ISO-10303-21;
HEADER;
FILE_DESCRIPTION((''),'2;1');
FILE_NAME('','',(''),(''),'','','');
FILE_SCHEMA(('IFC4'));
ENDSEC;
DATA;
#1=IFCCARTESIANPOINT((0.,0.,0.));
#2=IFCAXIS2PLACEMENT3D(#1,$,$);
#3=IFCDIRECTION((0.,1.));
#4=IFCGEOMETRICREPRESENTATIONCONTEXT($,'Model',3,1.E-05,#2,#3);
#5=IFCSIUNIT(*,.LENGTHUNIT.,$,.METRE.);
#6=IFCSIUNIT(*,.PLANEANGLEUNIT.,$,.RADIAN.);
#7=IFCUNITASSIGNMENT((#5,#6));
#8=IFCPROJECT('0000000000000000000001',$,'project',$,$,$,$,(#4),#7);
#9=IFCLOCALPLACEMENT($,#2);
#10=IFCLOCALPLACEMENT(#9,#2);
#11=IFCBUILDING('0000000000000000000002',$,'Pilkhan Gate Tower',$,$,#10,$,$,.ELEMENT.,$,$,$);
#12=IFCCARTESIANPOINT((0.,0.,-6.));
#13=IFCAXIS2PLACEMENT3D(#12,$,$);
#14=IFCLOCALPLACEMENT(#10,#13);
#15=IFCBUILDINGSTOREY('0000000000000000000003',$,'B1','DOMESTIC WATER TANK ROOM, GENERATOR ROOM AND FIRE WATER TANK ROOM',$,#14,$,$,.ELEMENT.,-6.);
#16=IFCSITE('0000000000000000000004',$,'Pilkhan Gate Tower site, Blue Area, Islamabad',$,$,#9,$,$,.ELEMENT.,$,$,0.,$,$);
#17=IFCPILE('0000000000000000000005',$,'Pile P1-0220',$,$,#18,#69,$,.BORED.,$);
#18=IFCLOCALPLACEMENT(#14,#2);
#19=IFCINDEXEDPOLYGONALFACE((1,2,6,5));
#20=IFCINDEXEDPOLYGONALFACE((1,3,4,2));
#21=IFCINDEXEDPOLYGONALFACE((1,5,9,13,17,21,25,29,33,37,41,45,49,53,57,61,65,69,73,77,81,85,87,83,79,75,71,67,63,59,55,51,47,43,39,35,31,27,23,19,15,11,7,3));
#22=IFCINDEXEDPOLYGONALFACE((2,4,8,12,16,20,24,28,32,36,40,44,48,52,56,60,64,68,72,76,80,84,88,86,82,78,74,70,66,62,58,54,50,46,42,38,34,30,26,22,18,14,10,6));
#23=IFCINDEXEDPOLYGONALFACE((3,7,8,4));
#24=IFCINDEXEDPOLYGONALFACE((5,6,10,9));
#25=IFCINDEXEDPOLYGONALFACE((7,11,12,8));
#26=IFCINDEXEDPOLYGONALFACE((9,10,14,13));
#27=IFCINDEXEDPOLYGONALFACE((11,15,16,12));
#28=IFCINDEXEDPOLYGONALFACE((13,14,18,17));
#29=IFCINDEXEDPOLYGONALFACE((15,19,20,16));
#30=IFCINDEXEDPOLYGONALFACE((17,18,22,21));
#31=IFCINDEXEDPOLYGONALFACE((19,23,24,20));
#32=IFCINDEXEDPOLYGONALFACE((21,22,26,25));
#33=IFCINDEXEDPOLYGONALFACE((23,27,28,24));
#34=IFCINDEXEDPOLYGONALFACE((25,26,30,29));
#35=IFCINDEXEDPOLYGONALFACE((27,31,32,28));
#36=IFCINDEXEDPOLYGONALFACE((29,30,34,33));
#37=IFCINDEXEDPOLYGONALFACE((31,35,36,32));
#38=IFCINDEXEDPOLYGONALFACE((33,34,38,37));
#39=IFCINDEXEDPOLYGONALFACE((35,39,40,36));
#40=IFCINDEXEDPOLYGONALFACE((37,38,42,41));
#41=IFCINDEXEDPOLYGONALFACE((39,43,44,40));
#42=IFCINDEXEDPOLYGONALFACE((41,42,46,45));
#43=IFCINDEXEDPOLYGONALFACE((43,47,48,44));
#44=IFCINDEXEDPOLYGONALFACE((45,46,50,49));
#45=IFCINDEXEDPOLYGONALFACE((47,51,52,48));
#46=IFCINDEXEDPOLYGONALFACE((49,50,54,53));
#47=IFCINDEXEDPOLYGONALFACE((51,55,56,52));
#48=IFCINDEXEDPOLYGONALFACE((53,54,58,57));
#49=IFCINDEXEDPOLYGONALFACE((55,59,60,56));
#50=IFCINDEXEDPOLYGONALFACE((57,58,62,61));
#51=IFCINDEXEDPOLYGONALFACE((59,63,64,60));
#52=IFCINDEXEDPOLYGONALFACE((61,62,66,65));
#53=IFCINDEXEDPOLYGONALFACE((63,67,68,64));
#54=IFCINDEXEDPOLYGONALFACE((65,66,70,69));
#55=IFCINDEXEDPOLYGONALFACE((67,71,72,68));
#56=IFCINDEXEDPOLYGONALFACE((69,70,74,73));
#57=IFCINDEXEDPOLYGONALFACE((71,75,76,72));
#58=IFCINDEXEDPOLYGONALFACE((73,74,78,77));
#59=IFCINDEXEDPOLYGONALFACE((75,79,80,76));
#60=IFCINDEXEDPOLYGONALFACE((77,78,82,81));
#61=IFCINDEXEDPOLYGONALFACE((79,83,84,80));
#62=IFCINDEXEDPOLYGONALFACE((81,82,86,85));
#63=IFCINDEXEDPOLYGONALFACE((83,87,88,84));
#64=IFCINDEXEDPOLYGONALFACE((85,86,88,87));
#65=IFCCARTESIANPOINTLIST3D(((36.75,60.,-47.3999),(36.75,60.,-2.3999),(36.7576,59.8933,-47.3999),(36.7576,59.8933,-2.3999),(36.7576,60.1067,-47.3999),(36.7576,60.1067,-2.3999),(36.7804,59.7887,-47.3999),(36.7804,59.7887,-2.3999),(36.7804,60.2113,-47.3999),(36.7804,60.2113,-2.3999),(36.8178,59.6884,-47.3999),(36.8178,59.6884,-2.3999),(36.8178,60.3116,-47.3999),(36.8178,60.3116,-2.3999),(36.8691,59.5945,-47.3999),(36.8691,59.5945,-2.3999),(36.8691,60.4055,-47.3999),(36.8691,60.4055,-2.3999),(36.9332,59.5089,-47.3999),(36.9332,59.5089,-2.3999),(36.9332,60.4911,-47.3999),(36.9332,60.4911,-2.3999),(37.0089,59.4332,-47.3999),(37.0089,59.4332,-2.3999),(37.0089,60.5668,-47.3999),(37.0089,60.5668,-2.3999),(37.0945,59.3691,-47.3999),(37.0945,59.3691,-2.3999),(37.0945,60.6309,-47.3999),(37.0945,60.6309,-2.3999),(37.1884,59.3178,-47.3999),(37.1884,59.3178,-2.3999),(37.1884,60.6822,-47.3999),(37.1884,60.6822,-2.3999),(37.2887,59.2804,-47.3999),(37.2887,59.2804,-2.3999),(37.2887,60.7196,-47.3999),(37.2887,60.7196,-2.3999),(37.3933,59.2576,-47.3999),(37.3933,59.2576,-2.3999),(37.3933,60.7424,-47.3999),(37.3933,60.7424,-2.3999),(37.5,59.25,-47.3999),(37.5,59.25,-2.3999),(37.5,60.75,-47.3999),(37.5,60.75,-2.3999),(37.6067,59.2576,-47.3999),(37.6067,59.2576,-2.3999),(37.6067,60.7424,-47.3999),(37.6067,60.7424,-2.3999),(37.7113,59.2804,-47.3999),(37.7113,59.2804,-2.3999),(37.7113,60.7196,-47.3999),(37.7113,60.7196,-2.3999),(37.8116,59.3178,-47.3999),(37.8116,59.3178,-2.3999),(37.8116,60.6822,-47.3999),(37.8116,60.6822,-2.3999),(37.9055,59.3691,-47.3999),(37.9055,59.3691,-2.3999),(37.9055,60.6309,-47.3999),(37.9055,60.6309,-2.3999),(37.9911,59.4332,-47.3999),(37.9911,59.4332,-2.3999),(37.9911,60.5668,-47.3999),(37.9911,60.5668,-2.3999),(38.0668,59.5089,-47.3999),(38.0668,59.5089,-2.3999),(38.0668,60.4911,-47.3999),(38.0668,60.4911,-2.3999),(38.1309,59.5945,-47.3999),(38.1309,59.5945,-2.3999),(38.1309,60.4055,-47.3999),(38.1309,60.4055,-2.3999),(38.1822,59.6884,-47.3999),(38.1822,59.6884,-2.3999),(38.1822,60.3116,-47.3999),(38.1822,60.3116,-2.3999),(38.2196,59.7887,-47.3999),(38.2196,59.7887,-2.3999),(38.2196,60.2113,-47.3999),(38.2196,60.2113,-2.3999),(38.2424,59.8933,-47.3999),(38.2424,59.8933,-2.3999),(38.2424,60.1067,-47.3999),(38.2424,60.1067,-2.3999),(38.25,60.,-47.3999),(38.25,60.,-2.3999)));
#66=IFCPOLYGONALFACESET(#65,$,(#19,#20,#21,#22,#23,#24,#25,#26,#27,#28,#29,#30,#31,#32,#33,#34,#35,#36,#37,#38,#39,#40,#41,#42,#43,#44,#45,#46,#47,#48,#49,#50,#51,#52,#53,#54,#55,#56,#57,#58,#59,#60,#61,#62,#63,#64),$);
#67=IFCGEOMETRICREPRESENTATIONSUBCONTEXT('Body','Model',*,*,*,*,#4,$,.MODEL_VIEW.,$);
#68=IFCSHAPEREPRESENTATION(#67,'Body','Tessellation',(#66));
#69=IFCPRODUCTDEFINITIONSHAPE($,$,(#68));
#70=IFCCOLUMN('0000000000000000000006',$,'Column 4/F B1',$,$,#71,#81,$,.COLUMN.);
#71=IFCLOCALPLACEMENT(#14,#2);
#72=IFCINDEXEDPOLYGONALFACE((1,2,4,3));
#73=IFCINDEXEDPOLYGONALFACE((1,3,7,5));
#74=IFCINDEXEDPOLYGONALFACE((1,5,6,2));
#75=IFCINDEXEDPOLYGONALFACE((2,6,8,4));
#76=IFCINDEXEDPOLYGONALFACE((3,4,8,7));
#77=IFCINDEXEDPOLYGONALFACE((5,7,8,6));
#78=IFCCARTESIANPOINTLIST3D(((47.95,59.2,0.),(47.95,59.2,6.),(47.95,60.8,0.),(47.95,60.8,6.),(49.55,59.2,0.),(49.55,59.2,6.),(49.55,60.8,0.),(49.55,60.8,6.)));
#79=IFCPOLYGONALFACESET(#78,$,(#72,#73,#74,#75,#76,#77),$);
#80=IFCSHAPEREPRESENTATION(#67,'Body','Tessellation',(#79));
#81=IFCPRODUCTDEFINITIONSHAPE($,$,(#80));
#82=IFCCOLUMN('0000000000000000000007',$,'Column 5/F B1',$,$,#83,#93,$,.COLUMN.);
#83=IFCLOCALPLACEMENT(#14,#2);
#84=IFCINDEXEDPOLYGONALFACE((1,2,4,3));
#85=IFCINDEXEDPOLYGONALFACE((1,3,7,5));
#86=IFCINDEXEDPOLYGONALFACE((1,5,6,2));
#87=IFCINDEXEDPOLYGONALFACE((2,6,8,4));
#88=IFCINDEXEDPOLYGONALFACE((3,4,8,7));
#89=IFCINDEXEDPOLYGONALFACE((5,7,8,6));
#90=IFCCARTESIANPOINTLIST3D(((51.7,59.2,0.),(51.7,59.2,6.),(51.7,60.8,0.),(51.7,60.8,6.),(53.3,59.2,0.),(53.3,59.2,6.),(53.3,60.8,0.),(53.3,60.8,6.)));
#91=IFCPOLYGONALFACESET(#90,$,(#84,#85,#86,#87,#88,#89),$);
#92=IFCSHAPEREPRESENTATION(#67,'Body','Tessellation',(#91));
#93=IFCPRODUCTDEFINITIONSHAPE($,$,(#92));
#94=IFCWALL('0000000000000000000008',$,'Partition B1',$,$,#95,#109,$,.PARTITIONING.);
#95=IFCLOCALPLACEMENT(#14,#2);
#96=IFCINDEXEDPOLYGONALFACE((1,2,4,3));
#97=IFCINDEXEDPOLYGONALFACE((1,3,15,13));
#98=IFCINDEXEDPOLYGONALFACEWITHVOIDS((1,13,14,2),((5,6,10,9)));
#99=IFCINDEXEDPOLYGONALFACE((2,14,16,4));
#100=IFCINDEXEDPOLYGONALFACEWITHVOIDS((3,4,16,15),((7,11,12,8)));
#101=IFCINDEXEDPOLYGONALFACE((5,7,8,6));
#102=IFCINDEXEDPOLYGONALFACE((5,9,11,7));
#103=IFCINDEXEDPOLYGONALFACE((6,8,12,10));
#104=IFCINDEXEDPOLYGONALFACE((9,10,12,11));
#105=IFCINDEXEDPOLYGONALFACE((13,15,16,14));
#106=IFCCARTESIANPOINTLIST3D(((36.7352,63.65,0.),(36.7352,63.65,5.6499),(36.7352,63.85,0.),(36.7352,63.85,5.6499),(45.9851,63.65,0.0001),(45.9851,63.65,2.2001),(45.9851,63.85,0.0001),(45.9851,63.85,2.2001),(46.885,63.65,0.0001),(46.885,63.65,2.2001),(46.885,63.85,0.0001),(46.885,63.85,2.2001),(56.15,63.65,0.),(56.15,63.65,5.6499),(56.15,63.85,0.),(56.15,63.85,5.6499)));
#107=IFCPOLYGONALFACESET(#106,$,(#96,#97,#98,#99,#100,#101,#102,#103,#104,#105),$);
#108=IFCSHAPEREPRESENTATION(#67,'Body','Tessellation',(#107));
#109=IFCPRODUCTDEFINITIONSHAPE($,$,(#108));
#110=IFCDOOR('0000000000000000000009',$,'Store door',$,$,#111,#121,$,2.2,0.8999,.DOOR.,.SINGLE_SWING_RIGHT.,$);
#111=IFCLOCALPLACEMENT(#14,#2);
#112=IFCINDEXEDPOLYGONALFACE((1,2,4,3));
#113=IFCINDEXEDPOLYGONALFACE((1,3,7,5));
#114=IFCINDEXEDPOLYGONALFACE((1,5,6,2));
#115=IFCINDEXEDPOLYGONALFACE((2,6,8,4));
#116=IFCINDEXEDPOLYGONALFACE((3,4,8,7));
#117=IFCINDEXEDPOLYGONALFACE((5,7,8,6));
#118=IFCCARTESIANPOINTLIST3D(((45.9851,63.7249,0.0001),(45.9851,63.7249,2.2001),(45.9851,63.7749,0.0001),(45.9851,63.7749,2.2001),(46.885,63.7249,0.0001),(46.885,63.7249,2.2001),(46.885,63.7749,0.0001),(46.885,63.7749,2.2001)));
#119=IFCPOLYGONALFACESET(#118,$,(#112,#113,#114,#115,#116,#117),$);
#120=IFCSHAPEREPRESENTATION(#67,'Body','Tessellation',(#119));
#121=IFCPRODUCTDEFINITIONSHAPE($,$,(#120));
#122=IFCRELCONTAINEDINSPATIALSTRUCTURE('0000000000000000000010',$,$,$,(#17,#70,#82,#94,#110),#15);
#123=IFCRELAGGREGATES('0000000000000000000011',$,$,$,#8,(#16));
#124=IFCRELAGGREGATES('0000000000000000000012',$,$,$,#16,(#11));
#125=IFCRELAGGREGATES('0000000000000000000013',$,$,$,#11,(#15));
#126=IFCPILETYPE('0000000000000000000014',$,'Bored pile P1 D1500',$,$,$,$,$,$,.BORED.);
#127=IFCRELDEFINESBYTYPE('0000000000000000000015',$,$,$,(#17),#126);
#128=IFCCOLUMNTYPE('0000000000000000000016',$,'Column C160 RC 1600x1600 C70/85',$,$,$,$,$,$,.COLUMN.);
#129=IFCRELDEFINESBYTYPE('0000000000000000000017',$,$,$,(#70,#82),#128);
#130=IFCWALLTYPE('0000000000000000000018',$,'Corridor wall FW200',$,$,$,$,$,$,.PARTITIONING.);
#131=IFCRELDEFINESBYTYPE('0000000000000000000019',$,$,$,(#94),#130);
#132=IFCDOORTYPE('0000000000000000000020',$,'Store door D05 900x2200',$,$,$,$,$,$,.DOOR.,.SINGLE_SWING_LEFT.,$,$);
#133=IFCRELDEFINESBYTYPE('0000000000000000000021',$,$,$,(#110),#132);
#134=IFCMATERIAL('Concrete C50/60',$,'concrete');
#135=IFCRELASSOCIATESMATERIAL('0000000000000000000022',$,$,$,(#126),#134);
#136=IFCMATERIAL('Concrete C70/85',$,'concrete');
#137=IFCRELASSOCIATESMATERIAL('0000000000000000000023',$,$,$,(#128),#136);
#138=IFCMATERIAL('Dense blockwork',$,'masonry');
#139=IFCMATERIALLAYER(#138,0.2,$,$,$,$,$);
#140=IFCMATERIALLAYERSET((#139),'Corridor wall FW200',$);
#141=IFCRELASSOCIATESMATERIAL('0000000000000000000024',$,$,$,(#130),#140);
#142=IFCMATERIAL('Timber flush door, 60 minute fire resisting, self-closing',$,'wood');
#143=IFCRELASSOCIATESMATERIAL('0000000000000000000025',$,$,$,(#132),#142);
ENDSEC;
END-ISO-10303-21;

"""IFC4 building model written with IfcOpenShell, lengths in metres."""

from ifc_helpers import new_model, si_unit, direction, frame, frame_2d, origin, origin_2d, place, context, subcontext, project, spatial, rectangle, circle, extrude, material, layer, layer_set, material_profile, profile_set, type_object, element, fill, save


model = new_model("IFC4")

# Units and contexts
model_context = context("Model", 3, precision=1e-05, world=origin(), true_north=direction((0.0, 1.0)))
body_context = subcontext(model_context, "Body", "Model", "MODEL_VIEW")
ifc_project = project(units=[si_unit("LENGTHUNIT", "METRE"), si_unit("PLANEANGLEUNIT", "RADIAN")], contexts=[model_context])

# Site, building, storey
site_placement = place(None, origin())
site = spatial("IfcSite", under=ifc_project, at=site_placement, Name="Pilkhan Gate Tower site, Blue Area, Islamabad", CompositionType="ELEMENT", RefElevation=0.0)
building_placement = place(site_placement, origin())
building = spatial("IfcBuilding", under=site, at=building_placement, Name="Pilkhan Gate Tower", CompositionType="ELEMENT")
storey_placement = place(building_placement, frame((0.0, 0.0, -6.0)))
storey = spatial("IfcBuildingStorey", under=building, at=storey_placement, Name="B1", Description="DOMESTIC WATER TANK ROOM, GENERATOR ROOM AND FIRE WATER TANK ROOM", CompositionType="ELEMENT", Elevation=-6.0)

# Pile
ifc_material_1 = material(Name="Concrete C50/60", Category="concrete")
ifc_material_profile_1 = material_profile(ifc_material_1, circle(Radius=0.75, at=origin_2d()), Name="Bored pile 1500 dia")
ifc_profile_set_1 = profile_set([ifc_material_profile_1], Name="Concrete C50/60")
pile_type = type_object("IfcPileType", Name="Bored pile P1 D1500", PredefinedType="BORED", material=ifc_profile_set_1)
for number, where, z_axis, x_axis, name in (
    (1, (37.5, 60.0, -2.3999), (0.0, 0.0, -1.0), (1.0, 0.0, 0.0), "Pile P1-0220"),
):
    element("IfcPile", number, at=place(storey_placement, frame(where, z_axis=z_axis, x_axis=x_axis)), inside=storey, type_object=pile_type, Name=name, PredefinedType="BORED", context=body_context, shape_type="SweptSolid", body=[
        extrude(circle(Radius=0.75, at=origin_2d()), origin(), (0.0, 0.0, 1.0), 45.0),
    ])

# Columns
ifc_material_2 = material(Name="Concrete C70/85", Category="concrete")
ifc_material_profile_2 = material_profile(ifc_material_2, rectangle(XDim=1.6001, YDim=1.6001, at=origin_2d()), Name="RC 1600x1600")
ifc_profile_set_2 = profile_set([ifc_material_profile_2], Name="Concrete C70/85")
column_type = type_object("IfcColumnType", Name="Column C160 RC 1600x1600 C70/85", PredefinedType="COLUMN", material=ifc_profile_set_2)
for number, where, z_axis, x_axis, name in (
    (2, (48.75, 60.0, 0.0), (0.0, 0.0, 1.0), (1.0, 0.0, 0.0), "Column 4/F B1"),
    (3, (52.5, 60.0, 0.0), (0.0, 0.0, 1.0), (1.0, 0.0, 0.0), "Column 5/F B1"),
):
    element("IfcColumn", number, at=place(storey_placement, frame(where, z_axis=z_axis, x_axis=x_axis)), inside=storey, type_object=column_type, Name=name, PredefinedType="COLUMN", context=body_context, shape_type="SweptSolid", body=[
        extrude(rectangle(XDim=1.6001, YDim=1.6001, at=origin_2d()), origin(), (0.0, 0.0, 1.0), 6.0),
    ])

# Wall, opening, door
ifc_material_3 = material(Name="Dense blockwork", Category="masonry")
ifc_layer_1 = layer(ifc_material_3, 0.2)
ifc_layer_set_1 = layer_set([ifc_layer_1], Name="Corridor wall FW200")
wall_type_1 = type_object("IfcWallType", Name="Corridor wall FW200", PredefinedType="PARTITIONING", material=ifc_layer_set_1)
wall_1_placement = place(storey_placement, frame((36.7351, 63.75, 0.0), z_axis=(0.0, 0.0, 1.0), x_axis=(1.0, 0.0, 0.0)))
wall_1 = element("IfcWall", 4, at=wall_1_placement, inside=storey, type_object=wall_type_1, Name="Partition B1", PredefinedType="PARTITIONING", context=body_context, shape_type="SweptSolid", body=[
    extrude(rectangle(XDim=19.4148, YDim=0.2, at=frame_2d((9.7075, 0.0))), origin(), (0.0, 0.0, 1.0), 5.6499),
])
opening_1_placement = place(wall_1_placement, frame((9.25, 0.0, 0.0)))
opening_1 = element("IfcOpeningElement", 5, at=opening_1_placement, cuts=wall_1, PredefinedType="OPENING", context=body_context, shape_type="SweptSolid", body=[
    extrude(rectangle(XDim=0.8999, YDim=2.2, at=frame_2d((0.45, 1.1001))), frame((0.0, 0.1099, 0.0), z_axis=(0.0, -1.0, 0.0), x_axis=(1.0, 0.0, 0.0)), (0.0, 0.0, 1.0), 0.22),
])
ifc_material_4 = material(Name="Timber flush door, 60 minute fire resisting, self-closing", Category="wood")
door_type_1 = type_object("IfcDoorType", Name="Store door D05 900x2200", OperationType="SINGLE_SWING_LEFT", PredefinedType="DOOR", material=ifc_material_4)
door_1_placement = place(opening_1_placement, origin())
door_1 = element("IfcDoor", 6, at=door_1_placement, inside=storey, type_object=door_type_1, Name="Store door", OperationType="SINGLE_SWING_RIGHT", OverallHeight=2.2, OverallWidth=0.8999, PredefinedType="DOOR", context=body_context, shape_type="SweptSolid", body=[
    extrude(rectangle(XDim=0.8999, YDim=2.2, at=frame_2d((0.45, 1.1001))), frame((0.0, 0.0249, 0.0), z_axis=(0.0, -1.0, 0.0), x_axis=(1.0, 0.0, 0.0)), (0.0, 0.0, 1.0), 0.05),
])
fill(opening_1, door_1)

save(model, "model.ifc")
